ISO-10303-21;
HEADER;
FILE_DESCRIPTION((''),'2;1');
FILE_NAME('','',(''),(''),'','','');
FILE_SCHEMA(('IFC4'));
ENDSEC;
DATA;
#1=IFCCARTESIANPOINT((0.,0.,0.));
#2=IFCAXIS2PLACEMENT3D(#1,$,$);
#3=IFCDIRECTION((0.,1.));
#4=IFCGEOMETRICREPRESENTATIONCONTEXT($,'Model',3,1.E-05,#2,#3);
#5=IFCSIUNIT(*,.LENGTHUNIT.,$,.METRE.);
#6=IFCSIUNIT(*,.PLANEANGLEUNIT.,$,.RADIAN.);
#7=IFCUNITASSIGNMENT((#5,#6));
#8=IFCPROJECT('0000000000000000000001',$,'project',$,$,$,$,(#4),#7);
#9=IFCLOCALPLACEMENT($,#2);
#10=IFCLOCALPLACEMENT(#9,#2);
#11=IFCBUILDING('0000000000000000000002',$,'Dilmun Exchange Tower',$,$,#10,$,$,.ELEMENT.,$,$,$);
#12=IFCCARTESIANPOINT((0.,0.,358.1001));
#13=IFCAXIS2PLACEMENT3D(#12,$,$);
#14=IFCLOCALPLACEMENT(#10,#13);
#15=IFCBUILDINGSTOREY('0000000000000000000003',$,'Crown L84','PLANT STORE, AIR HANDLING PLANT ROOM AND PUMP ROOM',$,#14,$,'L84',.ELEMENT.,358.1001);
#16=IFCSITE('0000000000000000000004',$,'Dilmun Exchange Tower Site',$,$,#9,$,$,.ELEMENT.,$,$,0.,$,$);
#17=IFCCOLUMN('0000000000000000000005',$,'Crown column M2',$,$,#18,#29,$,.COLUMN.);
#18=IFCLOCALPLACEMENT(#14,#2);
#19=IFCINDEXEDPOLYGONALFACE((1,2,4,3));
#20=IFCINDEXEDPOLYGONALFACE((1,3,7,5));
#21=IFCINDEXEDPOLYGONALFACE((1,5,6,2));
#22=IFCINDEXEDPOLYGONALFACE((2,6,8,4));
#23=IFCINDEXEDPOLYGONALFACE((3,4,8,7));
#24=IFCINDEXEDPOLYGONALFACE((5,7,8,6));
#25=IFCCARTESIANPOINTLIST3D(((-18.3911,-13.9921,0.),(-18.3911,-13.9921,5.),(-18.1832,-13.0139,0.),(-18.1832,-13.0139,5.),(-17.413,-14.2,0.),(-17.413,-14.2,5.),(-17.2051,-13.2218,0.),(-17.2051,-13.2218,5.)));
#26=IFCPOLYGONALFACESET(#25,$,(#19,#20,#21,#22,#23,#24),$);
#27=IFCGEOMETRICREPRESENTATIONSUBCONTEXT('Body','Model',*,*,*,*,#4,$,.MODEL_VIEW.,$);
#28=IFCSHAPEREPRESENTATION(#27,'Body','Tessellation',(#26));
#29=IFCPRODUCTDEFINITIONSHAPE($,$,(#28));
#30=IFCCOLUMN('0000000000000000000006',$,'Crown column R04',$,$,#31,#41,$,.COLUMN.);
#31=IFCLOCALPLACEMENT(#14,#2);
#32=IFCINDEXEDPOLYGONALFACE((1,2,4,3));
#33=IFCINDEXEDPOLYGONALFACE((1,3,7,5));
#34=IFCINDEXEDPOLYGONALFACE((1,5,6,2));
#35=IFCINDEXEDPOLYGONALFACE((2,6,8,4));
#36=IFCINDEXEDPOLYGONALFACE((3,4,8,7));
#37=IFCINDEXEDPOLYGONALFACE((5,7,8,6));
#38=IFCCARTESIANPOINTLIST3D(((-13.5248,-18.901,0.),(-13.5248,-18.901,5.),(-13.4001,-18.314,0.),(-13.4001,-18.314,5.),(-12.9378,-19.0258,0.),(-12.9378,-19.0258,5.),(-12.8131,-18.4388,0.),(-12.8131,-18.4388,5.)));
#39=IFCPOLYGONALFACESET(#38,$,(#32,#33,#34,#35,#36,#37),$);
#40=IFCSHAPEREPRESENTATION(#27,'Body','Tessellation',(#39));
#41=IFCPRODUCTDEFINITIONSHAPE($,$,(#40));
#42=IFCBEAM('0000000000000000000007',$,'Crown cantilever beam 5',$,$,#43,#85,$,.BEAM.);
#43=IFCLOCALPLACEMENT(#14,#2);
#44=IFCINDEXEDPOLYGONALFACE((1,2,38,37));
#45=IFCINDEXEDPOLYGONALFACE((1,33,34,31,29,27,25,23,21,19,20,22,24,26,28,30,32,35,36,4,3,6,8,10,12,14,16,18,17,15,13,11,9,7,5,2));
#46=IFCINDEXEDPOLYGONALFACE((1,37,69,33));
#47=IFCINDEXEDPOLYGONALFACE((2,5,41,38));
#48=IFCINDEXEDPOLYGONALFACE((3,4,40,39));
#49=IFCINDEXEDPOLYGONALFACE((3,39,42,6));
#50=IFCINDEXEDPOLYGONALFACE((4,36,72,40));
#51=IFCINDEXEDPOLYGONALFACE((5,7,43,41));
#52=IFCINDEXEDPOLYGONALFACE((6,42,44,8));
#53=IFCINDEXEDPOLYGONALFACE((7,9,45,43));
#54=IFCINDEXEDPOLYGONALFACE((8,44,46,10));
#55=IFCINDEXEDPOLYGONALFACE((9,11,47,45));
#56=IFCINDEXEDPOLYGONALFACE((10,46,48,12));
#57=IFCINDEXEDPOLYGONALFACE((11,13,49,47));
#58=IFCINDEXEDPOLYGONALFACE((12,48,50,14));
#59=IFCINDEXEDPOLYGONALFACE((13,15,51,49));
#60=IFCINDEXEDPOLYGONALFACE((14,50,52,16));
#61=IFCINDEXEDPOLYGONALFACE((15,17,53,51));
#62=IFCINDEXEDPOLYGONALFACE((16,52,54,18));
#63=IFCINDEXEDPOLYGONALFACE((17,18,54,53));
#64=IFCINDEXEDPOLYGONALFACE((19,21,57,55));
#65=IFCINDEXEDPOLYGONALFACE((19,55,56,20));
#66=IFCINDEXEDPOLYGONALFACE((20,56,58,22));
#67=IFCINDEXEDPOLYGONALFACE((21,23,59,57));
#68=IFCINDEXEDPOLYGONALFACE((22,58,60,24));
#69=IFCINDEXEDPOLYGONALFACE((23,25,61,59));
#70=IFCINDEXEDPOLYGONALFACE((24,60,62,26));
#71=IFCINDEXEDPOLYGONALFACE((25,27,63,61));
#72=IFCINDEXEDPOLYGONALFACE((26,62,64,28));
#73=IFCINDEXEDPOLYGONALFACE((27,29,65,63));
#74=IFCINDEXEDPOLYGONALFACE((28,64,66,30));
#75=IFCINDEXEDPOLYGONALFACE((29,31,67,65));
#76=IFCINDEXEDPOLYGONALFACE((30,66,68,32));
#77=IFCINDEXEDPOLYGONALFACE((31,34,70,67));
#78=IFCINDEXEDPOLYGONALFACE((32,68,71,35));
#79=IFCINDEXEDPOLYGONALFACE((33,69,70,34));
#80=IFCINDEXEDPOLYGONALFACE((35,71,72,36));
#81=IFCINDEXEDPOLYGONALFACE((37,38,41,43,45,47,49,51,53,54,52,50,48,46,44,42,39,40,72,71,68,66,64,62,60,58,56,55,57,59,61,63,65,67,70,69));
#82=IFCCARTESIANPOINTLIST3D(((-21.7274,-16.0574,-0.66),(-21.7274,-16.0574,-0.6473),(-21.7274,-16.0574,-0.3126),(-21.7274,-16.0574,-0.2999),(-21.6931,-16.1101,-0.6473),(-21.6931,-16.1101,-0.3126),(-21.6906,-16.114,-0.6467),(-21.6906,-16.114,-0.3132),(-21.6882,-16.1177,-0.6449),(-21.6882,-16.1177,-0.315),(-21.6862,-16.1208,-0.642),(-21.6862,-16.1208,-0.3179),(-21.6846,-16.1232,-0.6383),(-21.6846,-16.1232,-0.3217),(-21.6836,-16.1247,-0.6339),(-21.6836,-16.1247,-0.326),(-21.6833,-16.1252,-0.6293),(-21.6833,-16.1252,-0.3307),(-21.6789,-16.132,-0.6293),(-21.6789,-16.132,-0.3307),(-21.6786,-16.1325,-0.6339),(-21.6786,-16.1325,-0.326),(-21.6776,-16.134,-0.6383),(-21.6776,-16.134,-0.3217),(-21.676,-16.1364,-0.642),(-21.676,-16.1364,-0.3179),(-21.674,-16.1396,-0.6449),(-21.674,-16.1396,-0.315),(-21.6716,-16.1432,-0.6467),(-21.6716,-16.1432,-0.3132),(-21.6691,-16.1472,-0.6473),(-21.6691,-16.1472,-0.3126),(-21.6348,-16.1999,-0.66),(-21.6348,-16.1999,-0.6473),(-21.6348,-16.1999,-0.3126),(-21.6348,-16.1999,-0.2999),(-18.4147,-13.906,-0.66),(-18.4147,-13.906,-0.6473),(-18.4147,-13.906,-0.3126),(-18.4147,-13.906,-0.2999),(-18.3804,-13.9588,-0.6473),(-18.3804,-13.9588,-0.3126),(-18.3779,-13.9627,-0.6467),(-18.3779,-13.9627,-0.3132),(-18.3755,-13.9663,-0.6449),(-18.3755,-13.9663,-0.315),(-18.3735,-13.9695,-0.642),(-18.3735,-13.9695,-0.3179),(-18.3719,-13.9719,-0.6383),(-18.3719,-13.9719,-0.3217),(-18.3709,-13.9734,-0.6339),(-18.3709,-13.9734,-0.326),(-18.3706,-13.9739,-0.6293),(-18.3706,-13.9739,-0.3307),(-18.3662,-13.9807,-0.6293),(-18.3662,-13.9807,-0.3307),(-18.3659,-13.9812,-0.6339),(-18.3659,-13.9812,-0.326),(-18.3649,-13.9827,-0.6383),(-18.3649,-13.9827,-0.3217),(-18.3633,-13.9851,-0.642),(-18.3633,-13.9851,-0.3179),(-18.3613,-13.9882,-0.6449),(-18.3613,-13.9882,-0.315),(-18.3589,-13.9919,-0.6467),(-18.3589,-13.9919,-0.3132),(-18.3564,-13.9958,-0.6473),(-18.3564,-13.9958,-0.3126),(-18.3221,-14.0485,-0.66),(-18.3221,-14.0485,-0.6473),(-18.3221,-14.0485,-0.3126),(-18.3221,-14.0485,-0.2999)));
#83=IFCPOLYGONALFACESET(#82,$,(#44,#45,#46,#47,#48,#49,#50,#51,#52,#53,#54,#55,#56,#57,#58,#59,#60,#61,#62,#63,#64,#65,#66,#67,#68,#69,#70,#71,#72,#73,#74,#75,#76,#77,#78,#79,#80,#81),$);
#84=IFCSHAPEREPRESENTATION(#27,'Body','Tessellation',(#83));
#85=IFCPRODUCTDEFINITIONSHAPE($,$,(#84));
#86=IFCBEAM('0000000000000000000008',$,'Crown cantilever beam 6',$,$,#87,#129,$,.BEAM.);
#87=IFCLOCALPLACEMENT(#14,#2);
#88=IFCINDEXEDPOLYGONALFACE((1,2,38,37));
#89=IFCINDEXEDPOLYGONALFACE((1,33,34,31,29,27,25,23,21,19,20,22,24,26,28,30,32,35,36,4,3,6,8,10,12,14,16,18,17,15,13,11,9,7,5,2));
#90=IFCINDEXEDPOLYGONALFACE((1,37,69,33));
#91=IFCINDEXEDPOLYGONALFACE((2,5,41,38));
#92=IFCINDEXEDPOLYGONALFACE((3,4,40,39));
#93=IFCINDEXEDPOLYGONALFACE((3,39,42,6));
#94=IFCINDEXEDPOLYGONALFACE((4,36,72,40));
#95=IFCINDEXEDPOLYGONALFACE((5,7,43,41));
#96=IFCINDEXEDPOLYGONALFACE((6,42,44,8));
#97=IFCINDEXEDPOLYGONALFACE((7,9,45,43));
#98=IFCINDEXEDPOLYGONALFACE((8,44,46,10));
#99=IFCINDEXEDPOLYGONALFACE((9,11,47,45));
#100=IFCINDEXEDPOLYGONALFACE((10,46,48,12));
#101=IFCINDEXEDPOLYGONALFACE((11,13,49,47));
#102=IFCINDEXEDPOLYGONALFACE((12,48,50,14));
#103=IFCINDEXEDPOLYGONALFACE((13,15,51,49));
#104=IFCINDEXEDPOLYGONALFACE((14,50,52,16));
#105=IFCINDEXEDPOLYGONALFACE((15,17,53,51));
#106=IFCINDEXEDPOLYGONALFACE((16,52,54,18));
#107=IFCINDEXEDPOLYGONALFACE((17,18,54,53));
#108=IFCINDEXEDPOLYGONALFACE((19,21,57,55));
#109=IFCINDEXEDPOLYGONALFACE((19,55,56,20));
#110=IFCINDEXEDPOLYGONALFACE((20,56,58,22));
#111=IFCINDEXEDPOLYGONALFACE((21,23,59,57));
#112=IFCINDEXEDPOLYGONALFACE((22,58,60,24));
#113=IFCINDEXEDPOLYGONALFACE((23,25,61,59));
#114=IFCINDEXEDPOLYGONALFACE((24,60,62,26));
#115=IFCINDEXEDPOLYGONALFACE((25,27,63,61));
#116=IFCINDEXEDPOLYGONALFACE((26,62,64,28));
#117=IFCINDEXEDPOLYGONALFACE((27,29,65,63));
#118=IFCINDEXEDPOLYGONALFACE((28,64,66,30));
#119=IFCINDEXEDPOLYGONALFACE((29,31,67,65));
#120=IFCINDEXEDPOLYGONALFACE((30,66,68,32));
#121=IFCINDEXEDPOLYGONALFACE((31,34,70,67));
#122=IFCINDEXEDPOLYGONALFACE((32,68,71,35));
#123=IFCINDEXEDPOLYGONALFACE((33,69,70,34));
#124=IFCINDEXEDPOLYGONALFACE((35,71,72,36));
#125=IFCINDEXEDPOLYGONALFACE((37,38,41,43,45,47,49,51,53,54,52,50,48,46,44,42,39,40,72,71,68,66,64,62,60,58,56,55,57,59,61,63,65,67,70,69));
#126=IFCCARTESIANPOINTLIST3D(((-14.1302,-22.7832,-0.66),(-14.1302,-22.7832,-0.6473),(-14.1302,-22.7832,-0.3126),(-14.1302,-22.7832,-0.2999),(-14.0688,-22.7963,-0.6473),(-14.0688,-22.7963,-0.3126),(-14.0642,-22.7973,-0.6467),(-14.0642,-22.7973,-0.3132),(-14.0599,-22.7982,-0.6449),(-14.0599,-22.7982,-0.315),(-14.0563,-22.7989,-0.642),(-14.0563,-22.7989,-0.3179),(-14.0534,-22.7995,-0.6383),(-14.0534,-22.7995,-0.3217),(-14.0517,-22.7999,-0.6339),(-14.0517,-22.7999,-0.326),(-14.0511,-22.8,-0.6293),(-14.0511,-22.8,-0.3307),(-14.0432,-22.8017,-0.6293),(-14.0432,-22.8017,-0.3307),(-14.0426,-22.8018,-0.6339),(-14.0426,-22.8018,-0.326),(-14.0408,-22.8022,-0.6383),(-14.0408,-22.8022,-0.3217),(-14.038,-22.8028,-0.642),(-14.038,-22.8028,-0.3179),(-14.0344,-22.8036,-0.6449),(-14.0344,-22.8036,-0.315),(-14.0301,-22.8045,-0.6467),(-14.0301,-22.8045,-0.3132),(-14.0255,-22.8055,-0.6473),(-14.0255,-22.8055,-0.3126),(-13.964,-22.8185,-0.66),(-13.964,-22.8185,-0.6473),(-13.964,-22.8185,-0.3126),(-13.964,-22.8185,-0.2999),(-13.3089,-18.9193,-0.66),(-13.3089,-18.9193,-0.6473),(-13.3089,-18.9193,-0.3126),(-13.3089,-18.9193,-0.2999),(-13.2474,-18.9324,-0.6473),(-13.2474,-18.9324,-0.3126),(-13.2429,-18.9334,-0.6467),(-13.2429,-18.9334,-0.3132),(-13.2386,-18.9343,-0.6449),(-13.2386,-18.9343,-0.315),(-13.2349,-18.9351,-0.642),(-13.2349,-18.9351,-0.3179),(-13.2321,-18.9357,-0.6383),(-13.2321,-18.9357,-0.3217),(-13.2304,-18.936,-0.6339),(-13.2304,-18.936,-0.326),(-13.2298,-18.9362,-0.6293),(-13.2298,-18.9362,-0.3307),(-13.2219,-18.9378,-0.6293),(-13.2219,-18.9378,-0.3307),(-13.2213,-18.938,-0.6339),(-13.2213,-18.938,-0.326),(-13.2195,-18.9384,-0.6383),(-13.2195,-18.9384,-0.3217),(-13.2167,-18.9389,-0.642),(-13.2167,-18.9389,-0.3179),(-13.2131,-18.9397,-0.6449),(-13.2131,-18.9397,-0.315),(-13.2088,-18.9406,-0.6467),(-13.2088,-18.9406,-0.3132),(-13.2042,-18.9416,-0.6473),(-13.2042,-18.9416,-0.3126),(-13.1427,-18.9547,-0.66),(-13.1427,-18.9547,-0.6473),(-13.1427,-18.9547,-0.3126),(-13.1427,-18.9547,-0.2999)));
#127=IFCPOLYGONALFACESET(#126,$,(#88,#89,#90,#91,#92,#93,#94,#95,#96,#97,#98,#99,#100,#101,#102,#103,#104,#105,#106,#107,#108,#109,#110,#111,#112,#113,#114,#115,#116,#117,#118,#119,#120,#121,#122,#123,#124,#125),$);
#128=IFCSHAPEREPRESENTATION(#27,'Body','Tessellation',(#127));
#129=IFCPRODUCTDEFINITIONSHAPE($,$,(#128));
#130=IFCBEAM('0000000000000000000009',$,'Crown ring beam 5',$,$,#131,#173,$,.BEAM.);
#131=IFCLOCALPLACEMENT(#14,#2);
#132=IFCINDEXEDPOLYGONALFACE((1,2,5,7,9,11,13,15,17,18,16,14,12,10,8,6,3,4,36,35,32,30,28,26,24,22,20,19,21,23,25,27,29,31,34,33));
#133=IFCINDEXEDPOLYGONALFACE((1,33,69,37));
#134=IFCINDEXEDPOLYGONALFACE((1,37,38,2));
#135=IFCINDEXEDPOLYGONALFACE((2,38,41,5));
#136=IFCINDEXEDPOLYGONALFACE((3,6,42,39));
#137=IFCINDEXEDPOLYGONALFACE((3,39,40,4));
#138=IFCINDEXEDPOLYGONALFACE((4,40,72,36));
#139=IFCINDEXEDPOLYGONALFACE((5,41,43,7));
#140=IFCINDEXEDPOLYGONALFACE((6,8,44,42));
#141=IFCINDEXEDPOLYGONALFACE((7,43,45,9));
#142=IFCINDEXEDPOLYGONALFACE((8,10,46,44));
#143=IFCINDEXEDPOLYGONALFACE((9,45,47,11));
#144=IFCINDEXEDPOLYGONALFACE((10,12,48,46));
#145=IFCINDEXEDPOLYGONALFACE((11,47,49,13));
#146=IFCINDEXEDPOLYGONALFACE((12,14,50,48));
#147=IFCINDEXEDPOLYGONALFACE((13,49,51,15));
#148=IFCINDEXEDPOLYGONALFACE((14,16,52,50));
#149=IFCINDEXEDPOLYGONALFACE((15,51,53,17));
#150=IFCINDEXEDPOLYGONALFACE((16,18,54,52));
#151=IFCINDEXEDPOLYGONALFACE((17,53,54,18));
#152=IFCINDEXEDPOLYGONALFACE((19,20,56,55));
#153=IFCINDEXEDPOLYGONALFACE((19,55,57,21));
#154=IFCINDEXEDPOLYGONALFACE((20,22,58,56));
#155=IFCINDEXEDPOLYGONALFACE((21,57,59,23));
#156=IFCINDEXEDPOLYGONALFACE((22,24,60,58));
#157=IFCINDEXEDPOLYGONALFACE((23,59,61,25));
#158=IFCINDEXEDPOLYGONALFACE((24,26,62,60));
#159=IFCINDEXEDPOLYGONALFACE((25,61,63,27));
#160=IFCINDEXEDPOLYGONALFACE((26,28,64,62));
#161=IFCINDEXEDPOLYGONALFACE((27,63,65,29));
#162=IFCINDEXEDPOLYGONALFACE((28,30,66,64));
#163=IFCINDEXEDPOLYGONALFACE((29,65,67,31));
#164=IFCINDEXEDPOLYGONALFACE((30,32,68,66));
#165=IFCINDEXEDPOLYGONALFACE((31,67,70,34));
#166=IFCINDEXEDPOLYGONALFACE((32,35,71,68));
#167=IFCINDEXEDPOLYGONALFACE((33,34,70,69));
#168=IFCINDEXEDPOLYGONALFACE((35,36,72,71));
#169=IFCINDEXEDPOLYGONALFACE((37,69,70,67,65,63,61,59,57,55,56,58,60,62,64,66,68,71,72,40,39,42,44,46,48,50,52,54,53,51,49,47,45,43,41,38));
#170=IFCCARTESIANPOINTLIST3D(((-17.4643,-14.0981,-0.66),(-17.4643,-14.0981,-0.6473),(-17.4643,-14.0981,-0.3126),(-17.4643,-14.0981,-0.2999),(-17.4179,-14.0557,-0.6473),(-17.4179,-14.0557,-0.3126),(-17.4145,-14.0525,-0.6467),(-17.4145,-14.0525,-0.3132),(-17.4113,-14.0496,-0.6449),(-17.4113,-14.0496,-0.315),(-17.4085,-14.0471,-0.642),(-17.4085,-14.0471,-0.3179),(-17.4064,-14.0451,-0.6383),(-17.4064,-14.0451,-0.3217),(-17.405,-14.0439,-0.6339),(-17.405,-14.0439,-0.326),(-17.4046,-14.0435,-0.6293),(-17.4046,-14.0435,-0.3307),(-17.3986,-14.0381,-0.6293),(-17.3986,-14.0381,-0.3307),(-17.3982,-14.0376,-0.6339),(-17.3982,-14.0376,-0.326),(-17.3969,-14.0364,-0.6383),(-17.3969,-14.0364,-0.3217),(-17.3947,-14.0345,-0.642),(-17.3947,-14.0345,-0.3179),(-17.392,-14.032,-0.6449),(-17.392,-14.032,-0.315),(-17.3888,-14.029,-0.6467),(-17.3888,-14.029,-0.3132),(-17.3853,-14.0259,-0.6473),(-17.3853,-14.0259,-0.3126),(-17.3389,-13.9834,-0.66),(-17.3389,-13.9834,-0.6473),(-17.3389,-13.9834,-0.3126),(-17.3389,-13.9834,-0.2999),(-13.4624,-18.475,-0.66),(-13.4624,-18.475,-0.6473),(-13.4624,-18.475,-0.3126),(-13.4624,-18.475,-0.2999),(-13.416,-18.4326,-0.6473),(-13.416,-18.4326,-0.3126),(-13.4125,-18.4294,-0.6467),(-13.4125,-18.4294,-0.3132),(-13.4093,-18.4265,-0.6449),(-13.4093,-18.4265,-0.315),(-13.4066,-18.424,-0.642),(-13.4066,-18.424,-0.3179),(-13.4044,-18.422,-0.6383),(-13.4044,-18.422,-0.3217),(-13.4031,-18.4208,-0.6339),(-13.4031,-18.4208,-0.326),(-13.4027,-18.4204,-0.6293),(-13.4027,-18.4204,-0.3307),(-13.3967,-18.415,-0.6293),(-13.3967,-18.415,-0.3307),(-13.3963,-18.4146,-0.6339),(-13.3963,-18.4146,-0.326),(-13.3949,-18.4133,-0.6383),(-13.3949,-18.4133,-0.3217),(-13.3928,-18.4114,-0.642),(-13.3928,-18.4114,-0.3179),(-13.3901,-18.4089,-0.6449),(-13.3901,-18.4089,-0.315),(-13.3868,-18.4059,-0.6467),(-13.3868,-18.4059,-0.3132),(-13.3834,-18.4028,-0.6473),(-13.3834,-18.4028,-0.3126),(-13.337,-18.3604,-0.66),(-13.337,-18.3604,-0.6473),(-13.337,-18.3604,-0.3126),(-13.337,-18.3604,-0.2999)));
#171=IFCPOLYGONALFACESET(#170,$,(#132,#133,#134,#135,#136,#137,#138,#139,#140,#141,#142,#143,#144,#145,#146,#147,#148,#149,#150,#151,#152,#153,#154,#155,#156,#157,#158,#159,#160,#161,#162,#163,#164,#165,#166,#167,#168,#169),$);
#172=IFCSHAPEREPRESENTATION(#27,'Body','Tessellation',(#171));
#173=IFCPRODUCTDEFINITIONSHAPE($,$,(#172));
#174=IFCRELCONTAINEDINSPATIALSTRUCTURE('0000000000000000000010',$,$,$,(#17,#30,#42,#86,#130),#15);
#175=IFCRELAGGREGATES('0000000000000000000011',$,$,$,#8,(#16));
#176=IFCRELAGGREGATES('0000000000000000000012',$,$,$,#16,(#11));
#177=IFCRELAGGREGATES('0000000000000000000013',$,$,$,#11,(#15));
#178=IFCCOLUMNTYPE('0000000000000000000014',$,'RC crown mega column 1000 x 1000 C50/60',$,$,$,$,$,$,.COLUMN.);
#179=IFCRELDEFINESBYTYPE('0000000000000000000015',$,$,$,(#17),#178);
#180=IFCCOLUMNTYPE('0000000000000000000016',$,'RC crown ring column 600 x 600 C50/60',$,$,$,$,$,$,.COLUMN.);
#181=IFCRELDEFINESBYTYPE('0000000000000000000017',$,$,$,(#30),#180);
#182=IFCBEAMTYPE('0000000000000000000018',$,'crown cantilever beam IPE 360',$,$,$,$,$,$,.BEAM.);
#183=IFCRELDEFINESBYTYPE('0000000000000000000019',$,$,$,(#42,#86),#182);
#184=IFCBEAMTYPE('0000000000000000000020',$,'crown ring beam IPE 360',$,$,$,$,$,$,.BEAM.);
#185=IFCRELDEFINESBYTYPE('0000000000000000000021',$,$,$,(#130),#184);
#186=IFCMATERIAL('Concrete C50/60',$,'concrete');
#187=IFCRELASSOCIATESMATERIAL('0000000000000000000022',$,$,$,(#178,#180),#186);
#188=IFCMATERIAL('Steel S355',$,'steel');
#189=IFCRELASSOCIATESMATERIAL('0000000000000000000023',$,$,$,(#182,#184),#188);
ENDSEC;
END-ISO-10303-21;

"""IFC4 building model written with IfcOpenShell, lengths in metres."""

from ifc_helpers import new_model, si_unit, direction, frame, origin, origin_2d, place, context, subcontext, project, spatial, rectangle, i_section, extrude, material, material_profile, profile_set, type_object, element, save


model = new_model("IFC4")

# Units and contexts
model_context = context("Model", 3, precision=1e-05, world=origin(), true_north=direction((0.0, 1.0)))
body_context = subcontext(model_context, "Body", "Model", "MODEL_VIEW")
ifc_project = project(units=[si_unit("LENGTHUNIT", "METRE"), si_unit("PLANEANGLEUNIT", "RADIAN")], contexts=[model_context])

# Site, building, storey
site_placement = place(None, origin())
site = spatial("IfcSite", under=ifc_project, at=site_placement, Name="Dilmun Exchange Tower Site", CompositionType="ELEMENT", RefElevation=0.0)
building_placement = place(site_placement, origin())
building = spatial("IfcBuilding", under=site, at=building_placement, Name="Dilmun Exchange Tower", CompositionType="ELEMENT")
storey_placement = place(building_placement, frame((0.0, 0.0, 358.1001)))
storey = spatial("IfcBuildingStorey", under=building, at=storey_placement, Name="Crown L84", Description="PLANT STORE, AIR HANDLING PLANT ROOM AND PUMP ROOM", LongName="L84", CompositionType="ELEMENT", Elevation=358.1001)

# Columns
ifc_material_1 = material(Name="Concrete C50/60", Category="concrete")
ifc_material_profile_1 = material_profile(ifc_material_1, rectangle(XDim=1.0, YDim=1.0, at=origin_2d()), Name="1000 x 1000")
ifc_profile_set_1 = profile_set([ifc_material_profile_1], Name="Concrete C50/60")
column_type_1 = type_object("IfcColumnType", Name="RC crown mega column 1000 x 1000 C50/60", PredefinedType="COLUMN", material=ifc_profile_set_1)
column_1_placement = place(storey_placement, frame((-17.7981, -13.6069, 0.0), z_axis=(0.0, 0.0, 1.0), x_axis=(0.207912, 0.978148, 0.0)))
element("IfcColumn", 1, at=column_1_placement, inside=storey, type_object=column_type_1, Name="Crown column M2", PredefinedType="COLUMN", context=body_context, shape_type="SweptSolid", body=[
    extrude(rectangle(XDim=1.0, YDim=1.0, at=origin_2d()), origin(), (0.0, 0.0, 1.0), 5.0),
])
ifc_material_profile_2 = material_profile(ifc_material_1, rectangle(XDim=0.6001, YDim=0.6001, at=origin_2d()), Name="600 x 600")
ifc_profile_set_2 = profile_set([ifc_material_profile_2], Name="Concrete C50/60")
column_type_2 = type_object("IfcColumnType", Name="RC crown ring column 600 x 600 C50/60", PredefinedType="COLUMN", material=ifc_profile_set_2)
column_2_placement = place(storey_placement, frame((-13.1689, -18.6699, 0.0), z_axis=(0.0, 0.0, 1.0), x_axis=(0.207912, 0.978148, 0.0)))
element("IfcColumn", 2, at=column_2_placement, inside=storey, type_object=column_type_2, Name="Crown column R04", PredefinedType="COLUMN", context=body_context, shape_type="SweptSolid", body=[
    extrude(rectangle(XDim=0.6001, YDim=0.6001, at=origin_2d()), origin(), (0.0, 0.0, 1.0), 5.0),
])

# Beams
ifc_material_2 = material(Name="Steel S355", Category="steel")
ifc_material_profile_3 = material_profile(ifc_material_2, i_section(OverallWidth=0.1699, OverallDepth=0.3601, WebThickness=0.0081, FlangeThickness=0.0127, FilletRadius=0.0181, at=origin_2d()), Name="IPE 360")
ifc_profile_set_3 = profile_set([ifc_material_profile_3], Name="Steel S355")
beam_type_1 = type_object("IfcBeamType", Name="crown cantilever beam IPE 360", PredefinedType="BEAM", material=ifc_profile_set_3)
beam_1_placement = place(storey_placement, frame((-18.3684, -13.9773, -0.48), z_axis=(-0.838665, -0.544647, 0.0), x_axis=(0.544647, -0.838665, 0.0)))
element("IfcBeam", 3, at=beam_1_placement, inside=storey, type_object=beam_type_1, Name="Crown cantilever beam 5", PredefinedType="BEAM", context=body_context, shape_type="SweptSolid", body=[
    extrude(i_section(OverallWidth=0.1699, OverallDepth=0.3601, WebThickness=0.0081, FlangeThickness=0.0127, FilletRadius=0.0181, at=origin_2d()), origin(), (0.0, 0.0, 1.0), 3.95),
])
beam_2_placement = place(storey_placement, frame((-13.2258, -18.937, -0.48), z_axis=(-0.207916, -0.978147, 0.0), x_axis=(0.978147, -0.207916, 0.0)))
element("IfcBeam", 4, at=beam_2_placement, inside=storey, type_object=beam_type_1, Name="Crown cantilever beam 6", PredefinedType="BEAM", context=body_context, shape_type="SweptSolid", body=[
    extrude(i_section(OverallWidth=0.1699, OverallDepth=0.3601, WebThickness=0.0081, FlangeThickness=0.0127, FilletRadius=0.0181, at=origin_2d()), origin(), (0.0, 0.0, 1.0), 3.9502),
])
ifc_material_profile_4 = material_profile(ifc_material_2, i_section(OverallWidth=0.1699, OverallDepth=0.3601, WebThickness=0.0081, FlangeThickness=0.0127, FilletRadius=0.0181, at=origin_2d()), Name="IPE 360")
ifc_profile_set_4 = profile_set([ifc_material_profile_4], Name="Steel S355")
beam_type_2 = type_object("IfcBeamType", Name="crown ring beam IPE 360", PredefinedType="BEAM", material=ifc_profile_set_4)
beam_3_placement = place(storey_placement, frame((-17.4016, -14.0408, -0.48), z_axis=(0.674785, -0.738015, 0.0), x_axis=(0.738015, 0.674785, 0.0)))
element("IfcBeam", 5, at=beam_3_placement, inside=storey, type_object=beam_type_2, Name="Crown ring beam 5", PredefinedType="BEAM", context=body_context, shape_type="SweptSolid", body=[
    extrude(i_section(OverallWidth=0.1699, OverallDepth=0.3601, WebThickness=0.0081, FlangeThickness=0.0127, FilletRadius=0.0181, at=origin_2d()), origin(), (0.0, 0.0, 1.0), 5.9307),
])

save(model, "model.ifc")
